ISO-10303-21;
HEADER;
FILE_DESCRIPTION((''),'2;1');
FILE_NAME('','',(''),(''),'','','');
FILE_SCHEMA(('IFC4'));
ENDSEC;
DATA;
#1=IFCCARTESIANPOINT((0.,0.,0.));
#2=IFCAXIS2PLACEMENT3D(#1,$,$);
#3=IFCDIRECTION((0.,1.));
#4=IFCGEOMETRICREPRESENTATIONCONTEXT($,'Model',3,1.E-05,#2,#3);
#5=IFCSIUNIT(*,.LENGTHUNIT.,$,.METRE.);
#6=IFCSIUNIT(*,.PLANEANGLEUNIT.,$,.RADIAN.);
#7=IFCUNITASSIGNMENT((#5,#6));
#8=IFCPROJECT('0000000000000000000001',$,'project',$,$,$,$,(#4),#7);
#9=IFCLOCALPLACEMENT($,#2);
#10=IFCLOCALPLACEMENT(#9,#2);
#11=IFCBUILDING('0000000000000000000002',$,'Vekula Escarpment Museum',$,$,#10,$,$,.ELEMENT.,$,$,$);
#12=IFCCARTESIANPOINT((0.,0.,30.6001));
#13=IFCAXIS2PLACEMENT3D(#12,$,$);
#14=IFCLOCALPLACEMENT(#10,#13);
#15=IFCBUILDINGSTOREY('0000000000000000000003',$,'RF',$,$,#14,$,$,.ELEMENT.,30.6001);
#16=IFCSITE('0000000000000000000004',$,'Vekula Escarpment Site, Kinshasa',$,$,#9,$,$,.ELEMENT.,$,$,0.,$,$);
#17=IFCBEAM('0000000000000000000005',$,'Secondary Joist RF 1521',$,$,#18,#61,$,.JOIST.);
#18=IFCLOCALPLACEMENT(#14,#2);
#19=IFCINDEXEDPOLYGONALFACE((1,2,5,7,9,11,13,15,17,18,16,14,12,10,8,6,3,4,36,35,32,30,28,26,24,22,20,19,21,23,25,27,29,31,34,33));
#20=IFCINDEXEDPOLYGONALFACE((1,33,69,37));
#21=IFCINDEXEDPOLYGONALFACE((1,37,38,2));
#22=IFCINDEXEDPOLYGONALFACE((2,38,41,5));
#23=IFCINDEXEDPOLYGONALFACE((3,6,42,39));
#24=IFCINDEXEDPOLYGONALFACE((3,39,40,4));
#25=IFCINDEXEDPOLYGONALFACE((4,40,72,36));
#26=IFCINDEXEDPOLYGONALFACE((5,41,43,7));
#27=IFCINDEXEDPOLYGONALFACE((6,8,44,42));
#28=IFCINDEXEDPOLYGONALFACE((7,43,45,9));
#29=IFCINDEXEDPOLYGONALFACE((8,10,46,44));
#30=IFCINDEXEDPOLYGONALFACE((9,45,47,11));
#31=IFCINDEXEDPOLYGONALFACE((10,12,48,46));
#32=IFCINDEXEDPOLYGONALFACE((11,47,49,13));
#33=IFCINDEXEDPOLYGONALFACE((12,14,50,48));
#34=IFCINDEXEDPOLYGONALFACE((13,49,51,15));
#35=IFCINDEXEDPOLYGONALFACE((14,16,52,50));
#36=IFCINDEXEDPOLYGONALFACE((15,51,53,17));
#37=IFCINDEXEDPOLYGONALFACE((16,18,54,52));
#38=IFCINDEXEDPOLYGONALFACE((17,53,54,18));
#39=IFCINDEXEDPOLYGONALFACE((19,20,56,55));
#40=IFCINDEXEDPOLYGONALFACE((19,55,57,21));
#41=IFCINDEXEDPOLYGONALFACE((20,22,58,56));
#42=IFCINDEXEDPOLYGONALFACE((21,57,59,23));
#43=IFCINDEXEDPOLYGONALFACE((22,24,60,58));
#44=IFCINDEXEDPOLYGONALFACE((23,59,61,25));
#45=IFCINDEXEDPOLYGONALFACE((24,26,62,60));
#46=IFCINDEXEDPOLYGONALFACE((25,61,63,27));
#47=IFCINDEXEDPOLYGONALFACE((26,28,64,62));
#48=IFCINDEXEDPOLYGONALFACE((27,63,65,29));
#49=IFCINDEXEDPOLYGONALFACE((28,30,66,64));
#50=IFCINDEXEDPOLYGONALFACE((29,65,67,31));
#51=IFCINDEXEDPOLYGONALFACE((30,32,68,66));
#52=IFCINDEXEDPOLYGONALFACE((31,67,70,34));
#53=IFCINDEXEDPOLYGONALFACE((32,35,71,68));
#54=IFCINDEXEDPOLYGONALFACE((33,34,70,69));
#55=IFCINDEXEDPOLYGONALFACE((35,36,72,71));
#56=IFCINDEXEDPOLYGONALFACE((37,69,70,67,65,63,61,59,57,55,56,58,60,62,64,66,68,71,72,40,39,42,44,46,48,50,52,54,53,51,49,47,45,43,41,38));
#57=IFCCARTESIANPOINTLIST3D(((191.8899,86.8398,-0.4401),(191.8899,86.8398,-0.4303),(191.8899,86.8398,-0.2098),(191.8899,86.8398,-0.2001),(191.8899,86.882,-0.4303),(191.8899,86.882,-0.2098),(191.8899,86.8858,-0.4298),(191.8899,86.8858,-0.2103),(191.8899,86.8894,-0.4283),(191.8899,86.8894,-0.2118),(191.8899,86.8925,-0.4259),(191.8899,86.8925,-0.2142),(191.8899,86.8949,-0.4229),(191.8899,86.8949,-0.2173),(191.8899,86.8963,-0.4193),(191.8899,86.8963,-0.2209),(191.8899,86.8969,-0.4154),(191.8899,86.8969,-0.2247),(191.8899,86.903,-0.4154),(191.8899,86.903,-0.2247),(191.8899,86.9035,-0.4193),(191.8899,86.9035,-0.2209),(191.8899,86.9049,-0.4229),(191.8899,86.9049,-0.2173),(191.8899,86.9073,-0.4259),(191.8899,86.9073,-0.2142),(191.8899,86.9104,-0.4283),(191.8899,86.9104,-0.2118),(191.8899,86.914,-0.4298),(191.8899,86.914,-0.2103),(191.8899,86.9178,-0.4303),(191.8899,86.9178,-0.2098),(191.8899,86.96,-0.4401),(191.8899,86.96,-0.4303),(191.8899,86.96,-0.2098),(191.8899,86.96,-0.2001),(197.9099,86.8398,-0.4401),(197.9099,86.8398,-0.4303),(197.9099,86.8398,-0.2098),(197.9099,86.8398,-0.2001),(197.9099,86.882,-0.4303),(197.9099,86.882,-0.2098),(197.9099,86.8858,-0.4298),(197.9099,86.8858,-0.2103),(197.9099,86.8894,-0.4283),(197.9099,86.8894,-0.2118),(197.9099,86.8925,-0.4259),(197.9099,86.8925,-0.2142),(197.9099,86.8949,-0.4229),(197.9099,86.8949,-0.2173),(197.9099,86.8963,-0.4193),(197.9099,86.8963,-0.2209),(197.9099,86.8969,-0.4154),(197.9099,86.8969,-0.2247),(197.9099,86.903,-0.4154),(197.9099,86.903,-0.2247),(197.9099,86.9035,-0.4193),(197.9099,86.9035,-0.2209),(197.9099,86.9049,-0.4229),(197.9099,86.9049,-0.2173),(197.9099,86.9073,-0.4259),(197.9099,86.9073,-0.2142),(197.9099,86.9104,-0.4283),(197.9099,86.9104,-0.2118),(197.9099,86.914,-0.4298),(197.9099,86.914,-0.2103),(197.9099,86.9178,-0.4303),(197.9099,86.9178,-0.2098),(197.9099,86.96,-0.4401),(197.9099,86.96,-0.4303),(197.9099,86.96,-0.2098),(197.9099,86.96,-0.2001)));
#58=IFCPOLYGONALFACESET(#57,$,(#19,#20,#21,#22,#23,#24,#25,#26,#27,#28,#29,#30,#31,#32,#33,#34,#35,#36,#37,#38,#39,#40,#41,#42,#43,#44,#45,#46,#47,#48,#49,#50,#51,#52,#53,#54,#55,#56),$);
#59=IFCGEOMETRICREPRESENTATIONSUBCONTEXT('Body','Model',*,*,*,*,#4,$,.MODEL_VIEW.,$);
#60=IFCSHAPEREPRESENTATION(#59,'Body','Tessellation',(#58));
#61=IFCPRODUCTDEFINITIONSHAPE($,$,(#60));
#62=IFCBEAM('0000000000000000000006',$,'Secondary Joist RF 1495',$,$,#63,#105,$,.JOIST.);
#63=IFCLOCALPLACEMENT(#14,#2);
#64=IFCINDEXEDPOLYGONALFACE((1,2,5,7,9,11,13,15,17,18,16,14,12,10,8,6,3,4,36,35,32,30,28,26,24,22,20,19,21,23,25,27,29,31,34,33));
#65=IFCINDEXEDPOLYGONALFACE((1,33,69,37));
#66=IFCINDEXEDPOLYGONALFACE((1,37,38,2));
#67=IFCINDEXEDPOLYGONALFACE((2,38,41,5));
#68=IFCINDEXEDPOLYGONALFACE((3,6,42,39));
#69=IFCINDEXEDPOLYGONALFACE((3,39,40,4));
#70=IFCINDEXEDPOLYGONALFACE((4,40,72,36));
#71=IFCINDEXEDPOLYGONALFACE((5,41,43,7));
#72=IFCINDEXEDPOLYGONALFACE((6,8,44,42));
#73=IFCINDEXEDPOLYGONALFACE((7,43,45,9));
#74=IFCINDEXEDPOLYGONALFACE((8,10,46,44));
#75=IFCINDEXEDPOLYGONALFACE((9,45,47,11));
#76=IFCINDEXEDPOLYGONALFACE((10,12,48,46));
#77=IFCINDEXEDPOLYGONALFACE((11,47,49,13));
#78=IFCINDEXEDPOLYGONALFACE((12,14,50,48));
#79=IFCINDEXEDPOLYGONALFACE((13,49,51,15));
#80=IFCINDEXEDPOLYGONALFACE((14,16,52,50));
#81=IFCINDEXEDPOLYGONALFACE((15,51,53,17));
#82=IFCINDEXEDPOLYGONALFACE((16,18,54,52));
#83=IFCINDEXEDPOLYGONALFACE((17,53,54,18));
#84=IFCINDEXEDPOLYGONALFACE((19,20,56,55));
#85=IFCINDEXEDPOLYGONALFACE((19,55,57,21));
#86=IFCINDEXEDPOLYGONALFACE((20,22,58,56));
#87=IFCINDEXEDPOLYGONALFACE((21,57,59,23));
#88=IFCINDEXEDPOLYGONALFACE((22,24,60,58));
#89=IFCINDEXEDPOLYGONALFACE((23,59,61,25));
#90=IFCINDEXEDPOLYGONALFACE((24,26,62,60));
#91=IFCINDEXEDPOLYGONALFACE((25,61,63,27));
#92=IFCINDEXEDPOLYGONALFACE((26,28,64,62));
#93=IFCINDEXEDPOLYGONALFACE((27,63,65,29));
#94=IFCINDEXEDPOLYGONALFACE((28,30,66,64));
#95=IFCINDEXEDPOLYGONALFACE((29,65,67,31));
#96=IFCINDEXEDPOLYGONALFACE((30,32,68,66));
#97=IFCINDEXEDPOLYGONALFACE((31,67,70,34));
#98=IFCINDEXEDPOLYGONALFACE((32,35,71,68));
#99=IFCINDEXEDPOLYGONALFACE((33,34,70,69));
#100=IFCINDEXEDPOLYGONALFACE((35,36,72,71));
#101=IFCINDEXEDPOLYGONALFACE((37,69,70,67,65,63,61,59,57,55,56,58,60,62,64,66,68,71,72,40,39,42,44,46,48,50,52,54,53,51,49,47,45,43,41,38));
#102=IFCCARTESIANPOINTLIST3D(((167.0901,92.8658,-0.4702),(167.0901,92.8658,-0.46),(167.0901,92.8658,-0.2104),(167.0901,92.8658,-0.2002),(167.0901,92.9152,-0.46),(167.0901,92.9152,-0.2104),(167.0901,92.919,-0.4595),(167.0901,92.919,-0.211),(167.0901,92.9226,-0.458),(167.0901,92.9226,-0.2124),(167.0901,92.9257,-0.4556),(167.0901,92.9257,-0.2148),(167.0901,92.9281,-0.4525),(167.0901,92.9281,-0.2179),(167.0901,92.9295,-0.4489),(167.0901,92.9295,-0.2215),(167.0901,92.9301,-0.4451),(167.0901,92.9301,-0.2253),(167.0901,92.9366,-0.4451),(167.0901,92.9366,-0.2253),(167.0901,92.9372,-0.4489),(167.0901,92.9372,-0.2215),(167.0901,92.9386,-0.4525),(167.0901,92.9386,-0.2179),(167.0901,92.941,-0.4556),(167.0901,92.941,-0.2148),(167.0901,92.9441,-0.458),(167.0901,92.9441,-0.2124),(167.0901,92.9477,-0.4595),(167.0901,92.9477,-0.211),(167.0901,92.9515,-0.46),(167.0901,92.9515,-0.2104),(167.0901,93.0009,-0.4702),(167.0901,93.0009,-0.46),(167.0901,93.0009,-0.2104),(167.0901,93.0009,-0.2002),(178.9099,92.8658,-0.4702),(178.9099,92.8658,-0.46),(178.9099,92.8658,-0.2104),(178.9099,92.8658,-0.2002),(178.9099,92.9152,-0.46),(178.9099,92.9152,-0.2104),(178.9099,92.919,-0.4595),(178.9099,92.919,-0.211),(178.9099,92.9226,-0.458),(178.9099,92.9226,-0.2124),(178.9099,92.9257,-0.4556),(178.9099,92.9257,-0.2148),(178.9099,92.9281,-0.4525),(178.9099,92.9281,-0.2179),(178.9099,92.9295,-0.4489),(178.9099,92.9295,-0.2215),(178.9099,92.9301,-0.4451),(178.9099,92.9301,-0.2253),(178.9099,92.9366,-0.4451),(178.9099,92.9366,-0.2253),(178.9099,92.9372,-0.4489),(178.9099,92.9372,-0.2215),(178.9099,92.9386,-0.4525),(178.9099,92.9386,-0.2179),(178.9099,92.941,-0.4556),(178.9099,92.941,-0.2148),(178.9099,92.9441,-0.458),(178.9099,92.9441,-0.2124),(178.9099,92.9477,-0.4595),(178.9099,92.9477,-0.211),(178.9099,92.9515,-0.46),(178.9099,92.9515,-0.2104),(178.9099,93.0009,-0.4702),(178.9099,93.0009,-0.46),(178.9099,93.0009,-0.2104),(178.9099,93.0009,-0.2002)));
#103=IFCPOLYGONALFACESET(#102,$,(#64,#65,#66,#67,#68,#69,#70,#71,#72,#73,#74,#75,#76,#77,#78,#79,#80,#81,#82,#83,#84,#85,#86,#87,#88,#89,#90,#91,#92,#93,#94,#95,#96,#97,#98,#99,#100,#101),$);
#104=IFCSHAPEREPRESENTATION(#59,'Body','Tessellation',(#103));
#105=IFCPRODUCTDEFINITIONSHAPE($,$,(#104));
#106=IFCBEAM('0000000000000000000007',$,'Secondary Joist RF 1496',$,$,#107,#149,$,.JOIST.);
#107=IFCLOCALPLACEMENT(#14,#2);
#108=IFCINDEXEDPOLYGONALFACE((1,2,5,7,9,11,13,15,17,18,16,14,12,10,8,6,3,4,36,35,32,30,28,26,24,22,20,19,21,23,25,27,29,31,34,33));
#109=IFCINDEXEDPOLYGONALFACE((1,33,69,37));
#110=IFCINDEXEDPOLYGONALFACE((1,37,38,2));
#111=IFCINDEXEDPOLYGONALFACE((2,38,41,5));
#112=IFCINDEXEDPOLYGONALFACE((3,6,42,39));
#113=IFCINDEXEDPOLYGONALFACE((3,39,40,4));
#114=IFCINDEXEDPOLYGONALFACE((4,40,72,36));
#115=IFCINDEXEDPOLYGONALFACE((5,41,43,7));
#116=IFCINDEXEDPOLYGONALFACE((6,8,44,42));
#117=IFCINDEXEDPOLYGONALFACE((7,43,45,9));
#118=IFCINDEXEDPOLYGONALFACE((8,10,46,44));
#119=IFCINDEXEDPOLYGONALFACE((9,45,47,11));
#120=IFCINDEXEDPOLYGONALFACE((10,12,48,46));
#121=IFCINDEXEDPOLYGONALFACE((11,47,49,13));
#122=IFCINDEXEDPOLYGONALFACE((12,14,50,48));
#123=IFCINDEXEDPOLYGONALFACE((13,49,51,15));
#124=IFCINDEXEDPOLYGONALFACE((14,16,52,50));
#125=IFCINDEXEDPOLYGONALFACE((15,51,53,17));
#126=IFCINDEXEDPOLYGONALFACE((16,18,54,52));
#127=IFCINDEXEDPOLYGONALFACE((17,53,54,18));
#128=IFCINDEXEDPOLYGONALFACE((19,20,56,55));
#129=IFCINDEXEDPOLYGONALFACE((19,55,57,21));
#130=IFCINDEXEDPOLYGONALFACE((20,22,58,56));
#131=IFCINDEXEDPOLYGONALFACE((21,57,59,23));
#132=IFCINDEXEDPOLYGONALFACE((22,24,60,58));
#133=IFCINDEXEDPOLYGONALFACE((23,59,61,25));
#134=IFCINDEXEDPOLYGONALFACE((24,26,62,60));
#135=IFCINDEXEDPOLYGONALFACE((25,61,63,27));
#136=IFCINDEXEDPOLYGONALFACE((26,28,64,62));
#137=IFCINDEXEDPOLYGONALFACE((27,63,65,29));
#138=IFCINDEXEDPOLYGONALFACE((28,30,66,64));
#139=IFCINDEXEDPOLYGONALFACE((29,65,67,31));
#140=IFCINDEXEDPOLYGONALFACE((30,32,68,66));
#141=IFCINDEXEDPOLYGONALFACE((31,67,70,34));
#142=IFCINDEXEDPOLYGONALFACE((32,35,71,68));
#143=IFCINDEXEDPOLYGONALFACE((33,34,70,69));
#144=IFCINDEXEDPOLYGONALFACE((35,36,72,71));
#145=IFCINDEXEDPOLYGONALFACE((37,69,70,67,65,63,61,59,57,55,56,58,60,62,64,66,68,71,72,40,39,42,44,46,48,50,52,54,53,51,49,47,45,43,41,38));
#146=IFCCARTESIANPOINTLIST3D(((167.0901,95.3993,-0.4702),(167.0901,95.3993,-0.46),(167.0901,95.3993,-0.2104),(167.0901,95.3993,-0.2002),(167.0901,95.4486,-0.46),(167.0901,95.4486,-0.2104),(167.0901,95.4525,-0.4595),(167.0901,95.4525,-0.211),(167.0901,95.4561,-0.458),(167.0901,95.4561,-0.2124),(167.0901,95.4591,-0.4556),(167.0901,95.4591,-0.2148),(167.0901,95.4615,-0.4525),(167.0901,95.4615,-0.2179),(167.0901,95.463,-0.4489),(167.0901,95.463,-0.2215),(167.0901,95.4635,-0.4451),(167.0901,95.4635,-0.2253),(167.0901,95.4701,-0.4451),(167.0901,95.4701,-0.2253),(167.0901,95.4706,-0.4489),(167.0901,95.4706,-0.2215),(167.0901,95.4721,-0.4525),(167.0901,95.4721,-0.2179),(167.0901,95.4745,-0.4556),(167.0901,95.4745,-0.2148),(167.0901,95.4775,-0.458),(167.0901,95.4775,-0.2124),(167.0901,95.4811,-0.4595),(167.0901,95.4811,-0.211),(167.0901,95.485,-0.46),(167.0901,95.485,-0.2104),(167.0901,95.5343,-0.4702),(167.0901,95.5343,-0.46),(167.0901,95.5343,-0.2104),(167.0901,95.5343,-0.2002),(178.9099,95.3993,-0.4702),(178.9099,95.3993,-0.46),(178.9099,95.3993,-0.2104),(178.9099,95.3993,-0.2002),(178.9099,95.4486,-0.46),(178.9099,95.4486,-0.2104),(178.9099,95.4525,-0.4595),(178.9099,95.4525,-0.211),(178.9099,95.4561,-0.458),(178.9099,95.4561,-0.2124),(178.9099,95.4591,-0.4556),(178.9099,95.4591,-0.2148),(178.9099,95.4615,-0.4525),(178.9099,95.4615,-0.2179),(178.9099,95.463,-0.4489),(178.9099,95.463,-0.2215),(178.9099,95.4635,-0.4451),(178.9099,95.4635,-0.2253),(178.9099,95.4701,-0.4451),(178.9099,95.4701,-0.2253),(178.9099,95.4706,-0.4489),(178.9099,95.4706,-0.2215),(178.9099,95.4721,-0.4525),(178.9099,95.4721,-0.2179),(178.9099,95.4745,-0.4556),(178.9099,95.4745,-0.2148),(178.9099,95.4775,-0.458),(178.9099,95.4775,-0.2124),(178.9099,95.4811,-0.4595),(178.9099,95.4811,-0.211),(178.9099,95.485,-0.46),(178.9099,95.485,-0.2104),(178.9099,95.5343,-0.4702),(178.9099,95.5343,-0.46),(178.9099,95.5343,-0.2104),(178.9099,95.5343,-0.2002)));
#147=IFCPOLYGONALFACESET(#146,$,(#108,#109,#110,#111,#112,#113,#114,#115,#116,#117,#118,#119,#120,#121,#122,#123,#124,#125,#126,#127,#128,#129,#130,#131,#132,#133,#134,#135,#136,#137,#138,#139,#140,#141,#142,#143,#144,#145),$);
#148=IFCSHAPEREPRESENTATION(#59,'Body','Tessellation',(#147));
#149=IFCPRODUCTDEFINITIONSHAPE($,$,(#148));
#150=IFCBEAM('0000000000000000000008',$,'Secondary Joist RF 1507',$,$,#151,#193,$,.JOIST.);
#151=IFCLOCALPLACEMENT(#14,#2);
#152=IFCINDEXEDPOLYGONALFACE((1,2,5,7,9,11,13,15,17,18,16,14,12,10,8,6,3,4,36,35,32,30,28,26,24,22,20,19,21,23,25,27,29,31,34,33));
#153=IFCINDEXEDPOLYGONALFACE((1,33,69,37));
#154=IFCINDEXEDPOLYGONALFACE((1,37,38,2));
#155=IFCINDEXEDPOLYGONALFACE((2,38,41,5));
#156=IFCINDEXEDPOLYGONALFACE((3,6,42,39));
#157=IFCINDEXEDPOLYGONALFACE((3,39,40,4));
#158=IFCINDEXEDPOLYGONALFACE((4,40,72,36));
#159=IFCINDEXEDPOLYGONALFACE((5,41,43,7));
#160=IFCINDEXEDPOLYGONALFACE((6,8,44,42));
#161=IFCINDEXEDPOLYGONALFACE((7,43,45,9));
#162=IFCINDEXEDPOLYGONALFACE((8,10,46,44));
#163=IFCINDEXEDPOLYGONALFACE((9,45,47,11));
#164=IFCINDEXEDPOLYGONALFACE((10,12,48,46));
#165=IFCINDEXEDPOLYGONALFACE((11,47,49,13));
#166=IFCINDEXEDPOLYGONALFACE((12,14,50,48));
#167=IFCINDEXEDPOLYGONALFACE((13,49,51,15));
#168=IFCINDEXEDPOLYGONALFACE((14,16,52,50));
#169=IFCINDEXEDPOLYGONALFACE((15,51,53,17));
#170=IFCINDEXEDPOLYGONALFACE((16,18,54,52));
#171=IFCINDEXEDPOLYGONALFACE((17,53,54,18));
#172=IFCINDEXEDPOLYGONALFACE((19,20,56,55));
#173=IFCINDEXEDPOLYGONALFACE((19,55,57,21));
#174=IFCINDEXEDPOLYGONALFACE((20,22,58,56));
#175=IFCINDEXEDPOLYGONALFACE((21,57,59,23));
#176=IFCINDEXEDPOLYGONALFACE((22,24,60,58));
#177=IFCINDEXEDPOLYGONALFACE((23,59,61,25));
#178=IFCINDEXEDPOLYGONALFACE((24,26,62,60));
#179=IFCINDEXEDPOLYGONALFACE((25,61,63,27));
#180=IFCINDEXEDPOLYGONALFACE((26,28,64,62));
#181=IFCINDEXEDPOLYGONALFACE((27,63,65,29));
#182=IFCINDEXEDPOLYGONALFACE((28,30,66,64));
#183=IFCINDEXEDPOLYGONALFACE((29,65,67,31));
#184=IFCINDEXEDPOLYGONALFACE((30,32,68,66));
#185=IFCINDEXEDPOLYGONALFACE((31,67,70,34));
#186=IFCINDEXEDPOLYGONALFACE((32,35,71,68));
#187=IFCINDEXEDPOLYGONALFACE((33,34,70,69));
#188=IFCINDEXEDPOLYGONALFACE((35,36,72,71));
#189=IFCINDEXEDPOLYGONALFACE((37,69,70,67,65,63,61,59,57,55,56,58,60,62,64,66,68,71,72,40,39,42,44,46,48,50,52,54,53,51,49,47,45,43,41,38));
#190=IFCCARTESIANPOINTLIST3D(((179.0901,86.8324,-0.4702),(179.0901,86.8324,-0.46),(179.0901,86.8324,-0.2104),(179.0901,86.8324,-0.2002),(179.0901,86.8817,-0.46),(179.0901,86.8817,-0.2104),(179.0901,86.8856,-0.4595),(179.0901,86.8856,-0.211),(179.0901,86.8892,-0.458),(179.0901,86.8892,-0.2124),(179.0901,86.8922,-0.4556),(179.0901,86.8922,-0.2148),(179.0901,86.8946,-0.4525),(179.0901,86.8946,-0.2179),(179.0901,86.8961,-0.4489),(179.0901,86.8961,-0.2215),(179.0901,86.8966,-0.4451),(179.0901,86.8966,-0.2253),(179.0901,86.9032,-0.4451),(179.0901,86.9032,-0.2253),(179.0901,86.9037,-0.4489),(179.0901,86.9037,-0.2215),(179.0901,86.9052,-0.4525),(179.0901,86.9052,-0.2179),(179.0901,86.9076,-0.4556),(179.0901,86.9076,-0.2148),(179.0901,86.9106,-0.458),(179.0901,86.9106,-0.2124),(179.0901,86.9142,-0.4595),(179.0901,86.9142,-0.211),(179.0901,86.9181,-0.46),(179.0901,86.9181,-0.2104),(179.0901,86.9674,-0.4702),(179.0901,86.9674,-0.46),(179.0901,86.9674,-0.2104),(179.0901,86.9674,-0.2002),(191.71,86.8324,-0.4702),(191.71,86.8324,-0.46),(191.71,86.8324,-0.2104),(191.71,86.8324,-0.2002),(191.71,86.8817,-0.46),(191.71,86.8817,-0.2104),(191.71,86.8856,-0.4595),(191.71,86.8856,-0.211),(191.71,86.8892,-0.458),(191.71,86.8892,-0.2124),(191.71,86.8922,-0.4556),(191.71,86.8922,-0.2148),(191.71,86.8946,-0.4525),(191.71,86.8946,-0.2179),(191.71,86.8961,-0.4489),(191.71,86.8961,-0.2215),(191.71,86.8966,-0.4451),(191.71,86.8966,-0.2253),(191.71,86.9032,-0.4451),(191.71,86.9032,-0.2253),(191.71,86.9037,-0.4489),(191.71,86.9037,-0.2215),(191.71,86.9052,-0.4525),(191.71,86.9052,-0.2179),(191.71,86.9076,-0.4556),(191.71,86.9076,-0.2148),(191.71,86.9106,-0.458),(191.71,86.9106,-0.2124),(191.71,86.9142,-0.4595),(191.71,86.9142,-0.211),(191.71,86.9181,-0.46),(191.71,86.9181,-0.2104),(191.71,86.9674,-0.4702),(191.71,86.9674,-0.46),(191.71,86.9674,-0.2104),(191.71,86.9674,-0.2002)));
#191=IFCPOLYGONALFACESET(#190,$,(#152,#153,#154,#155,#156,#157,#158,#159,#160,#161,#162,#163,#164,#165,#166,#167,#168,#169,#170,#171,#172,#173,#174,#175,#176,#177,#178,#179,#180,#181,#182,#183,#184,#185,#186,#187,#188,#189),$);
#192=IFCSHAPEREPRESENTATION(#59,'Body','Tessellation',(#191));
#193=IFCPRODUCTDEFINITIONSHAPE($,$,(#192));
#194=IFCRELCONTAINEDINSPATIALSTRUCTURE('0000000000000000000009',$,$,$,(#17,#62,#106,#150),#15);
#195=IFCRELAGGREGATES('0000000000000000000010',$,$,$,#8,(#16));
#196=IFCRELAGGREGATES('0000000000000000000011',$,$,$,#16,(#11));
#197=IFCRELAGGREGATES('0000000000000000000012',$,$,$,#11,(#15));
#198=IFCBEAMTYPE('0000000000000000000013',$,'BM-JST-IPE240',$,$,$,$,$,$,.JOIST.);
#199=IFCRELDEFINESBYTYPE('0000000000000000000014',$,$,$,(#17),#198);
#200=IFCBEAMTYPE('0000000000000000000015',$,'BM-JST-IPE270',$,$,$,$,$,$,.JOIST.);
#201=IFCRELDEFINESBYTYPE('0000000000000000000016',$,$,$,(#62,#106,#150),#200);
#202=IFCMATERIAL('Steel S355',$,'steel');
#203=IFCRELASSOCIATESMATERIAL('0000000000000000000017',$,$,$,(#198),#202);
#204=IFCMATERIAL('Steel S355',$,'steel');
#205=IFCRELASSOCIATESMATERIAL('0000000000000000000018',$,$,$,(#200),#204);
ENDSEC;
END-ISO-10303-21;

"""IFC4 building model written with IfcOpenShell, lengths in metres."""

from ifc_helpers import new_model, si_unit, direction, frame, origin, origin_2d, place, context, subcontext, project, spatial, i_section, extrude, material, material_profile, profile_set, type_object, element, save


model = new_model("IFC4")

# Units and contexts
model_context = context("Model", 3, precision=1e-05, world=origin(), true_north=direction((0.0, 1.0)))
body_context = subcontext(model_context, "Body", "Model", "MODEL_VIEW")
ifc_project = project(units=[si_unit("LENGTHUNIT", "METRE"), si_unit("PLANEANGLEUNIT", "RADIAN")], contexts=[model_context])

# Site, building, storey
site_placement = place(None, origin())
site = spatial("IfcSite", under=ifc_project, at=site_placement, Name="Vekula Escarpment Site, Kinshasa", CompositionType="ELEMENT", RefElevation=0.0)
building_placement = place(site_placement, origin())
building = spatial("IfcBuilding", under=site, at=building_placement, Name="Vekula Escarpment Museum", CompositionType="ELEMENT")
storey_placement = place(building_placement, frame((0.0, 0.0, 30.6001)))
storey = spatial("IfcBuildingStorey", under=building, at=storey_placement, Name="RF", CompositionType="ELEMENT", Elevation=30.6001)

# Beams
ifc_material_1 = material(Name="Steel S355", Category="steel")
ifc_material_profile_1 = material_profile(ifc_material_1, i_section(OverallWidth=0.1201, OverallDepth=0.24, WebThickness=0.0061, FlangeThickness=0.0098, FilletRadius=0.0149, at=origin_2d()), Name="IPE 240")
ifc_profile_set_1 = profile_set([ifc_material_profile_1], Name="Steel S355")
beam_type_1 = type_object("IfcBeamType", Name="BM-JST-IPE240", PredefinedType="JOIST", material=ifc_profile_set_1)
beam_1_placement = place(storey_placement, frame((191.8899, 86.8999, -0.3201), z_axis=(1.0, 0.0, 0.0), x_axis=(0.0, 1.0, 0.0)))
element("IfcBeam", 1, at=beam_1_placement, inside=storey, type_object=beam_type_1, Name="Secondary Joist RF 1521", PredefinedType="JOIST", context=body_context, shape_type="SweptSolid", body=[
    extrude(i_section(OverallWidth=0.1201, OverallDepth=0.24, WebThickness=0.0061, FlangeThickness=0.0098, FilletRadius=0.0149, at=origin_2d()), origin(), (0.0, 0.0, 1.0), 6.02),
])
ifc_material_2 = material(Name="Steel S355", Category="steel")
ifc_material_profile_2 = material_profile(ifc_material_2, i_section(OverallWidth=0.135, OverallDepth=0.27, WebThickness=0.0066, FlangeThickness=0.0103, FilletRadius=0.0149, at=origin_2d()), Name="IPE 270")
ifc_profile_set_2 = profile_set([ifc_material_profile_2], Name="Steel S355")
beam_type_2 = type_object("IfcBeamType", Name="BM-JST-IPE270", PredefinedType="JOIST", material=ifc_profile_set_2)
for number, where, z_axis, x_axis, name in (
    (2, (167.0901, 92.9333, -0.3352), (1.0, 0.0, 0.0), (0.0, 1.0, 0.0), "Secondary Joist RF 1495"),
    (3, (167.0901, 95.4668, -0.3352), (1.0, 0.0, 0.0), (0.0, 1.0, 0.0), "Secondary Joist RF 1496"),
):
    element("IfcBeam", number, at=place(storey_placement, frame(where, z_axis=z_axis, x_axis=x_axis)), inside=storey, type_object=beam_type_2, Name=name, PredefinedType="JOIST", context=body_context, shape_type="SweptSolid", body=[
        extrude(i_section(OverallWidth=0.135, OverallDepth=0.27, WebThickness=0.0066, FlangeThickness=0.0103, FilletRadius=0.0149, at=origin_2d()), origin(), (0.0, 0.0, 1.0), 11.8198),
    ])
beam_2_placement = place(storey_placement, frame((179.0901, 86.8999, -0.3352), z_axis=(1.0, 0.0, 0.0), x_axis=(0.0, 1.0, 0.0)))
element("IfcBeam", 4, at=beam_2_placement, inside=storey, type_object=beam_type_2, Name="Secondary Joist RF 1507", PredefinedType="JOIST", context=body_context, shape_type="SweptSolid", body=[
    extrude(i_section(OverallWidth=0.135, OverallDepth=0.27, WebThickness=0.0066, FlangeThickness=0.0103, FilletRadius=0.0149, at=origin_2d()), origin(), (0.0, 0.0, 1.0), 12.6199),
])

save(model, "model.ifc")
